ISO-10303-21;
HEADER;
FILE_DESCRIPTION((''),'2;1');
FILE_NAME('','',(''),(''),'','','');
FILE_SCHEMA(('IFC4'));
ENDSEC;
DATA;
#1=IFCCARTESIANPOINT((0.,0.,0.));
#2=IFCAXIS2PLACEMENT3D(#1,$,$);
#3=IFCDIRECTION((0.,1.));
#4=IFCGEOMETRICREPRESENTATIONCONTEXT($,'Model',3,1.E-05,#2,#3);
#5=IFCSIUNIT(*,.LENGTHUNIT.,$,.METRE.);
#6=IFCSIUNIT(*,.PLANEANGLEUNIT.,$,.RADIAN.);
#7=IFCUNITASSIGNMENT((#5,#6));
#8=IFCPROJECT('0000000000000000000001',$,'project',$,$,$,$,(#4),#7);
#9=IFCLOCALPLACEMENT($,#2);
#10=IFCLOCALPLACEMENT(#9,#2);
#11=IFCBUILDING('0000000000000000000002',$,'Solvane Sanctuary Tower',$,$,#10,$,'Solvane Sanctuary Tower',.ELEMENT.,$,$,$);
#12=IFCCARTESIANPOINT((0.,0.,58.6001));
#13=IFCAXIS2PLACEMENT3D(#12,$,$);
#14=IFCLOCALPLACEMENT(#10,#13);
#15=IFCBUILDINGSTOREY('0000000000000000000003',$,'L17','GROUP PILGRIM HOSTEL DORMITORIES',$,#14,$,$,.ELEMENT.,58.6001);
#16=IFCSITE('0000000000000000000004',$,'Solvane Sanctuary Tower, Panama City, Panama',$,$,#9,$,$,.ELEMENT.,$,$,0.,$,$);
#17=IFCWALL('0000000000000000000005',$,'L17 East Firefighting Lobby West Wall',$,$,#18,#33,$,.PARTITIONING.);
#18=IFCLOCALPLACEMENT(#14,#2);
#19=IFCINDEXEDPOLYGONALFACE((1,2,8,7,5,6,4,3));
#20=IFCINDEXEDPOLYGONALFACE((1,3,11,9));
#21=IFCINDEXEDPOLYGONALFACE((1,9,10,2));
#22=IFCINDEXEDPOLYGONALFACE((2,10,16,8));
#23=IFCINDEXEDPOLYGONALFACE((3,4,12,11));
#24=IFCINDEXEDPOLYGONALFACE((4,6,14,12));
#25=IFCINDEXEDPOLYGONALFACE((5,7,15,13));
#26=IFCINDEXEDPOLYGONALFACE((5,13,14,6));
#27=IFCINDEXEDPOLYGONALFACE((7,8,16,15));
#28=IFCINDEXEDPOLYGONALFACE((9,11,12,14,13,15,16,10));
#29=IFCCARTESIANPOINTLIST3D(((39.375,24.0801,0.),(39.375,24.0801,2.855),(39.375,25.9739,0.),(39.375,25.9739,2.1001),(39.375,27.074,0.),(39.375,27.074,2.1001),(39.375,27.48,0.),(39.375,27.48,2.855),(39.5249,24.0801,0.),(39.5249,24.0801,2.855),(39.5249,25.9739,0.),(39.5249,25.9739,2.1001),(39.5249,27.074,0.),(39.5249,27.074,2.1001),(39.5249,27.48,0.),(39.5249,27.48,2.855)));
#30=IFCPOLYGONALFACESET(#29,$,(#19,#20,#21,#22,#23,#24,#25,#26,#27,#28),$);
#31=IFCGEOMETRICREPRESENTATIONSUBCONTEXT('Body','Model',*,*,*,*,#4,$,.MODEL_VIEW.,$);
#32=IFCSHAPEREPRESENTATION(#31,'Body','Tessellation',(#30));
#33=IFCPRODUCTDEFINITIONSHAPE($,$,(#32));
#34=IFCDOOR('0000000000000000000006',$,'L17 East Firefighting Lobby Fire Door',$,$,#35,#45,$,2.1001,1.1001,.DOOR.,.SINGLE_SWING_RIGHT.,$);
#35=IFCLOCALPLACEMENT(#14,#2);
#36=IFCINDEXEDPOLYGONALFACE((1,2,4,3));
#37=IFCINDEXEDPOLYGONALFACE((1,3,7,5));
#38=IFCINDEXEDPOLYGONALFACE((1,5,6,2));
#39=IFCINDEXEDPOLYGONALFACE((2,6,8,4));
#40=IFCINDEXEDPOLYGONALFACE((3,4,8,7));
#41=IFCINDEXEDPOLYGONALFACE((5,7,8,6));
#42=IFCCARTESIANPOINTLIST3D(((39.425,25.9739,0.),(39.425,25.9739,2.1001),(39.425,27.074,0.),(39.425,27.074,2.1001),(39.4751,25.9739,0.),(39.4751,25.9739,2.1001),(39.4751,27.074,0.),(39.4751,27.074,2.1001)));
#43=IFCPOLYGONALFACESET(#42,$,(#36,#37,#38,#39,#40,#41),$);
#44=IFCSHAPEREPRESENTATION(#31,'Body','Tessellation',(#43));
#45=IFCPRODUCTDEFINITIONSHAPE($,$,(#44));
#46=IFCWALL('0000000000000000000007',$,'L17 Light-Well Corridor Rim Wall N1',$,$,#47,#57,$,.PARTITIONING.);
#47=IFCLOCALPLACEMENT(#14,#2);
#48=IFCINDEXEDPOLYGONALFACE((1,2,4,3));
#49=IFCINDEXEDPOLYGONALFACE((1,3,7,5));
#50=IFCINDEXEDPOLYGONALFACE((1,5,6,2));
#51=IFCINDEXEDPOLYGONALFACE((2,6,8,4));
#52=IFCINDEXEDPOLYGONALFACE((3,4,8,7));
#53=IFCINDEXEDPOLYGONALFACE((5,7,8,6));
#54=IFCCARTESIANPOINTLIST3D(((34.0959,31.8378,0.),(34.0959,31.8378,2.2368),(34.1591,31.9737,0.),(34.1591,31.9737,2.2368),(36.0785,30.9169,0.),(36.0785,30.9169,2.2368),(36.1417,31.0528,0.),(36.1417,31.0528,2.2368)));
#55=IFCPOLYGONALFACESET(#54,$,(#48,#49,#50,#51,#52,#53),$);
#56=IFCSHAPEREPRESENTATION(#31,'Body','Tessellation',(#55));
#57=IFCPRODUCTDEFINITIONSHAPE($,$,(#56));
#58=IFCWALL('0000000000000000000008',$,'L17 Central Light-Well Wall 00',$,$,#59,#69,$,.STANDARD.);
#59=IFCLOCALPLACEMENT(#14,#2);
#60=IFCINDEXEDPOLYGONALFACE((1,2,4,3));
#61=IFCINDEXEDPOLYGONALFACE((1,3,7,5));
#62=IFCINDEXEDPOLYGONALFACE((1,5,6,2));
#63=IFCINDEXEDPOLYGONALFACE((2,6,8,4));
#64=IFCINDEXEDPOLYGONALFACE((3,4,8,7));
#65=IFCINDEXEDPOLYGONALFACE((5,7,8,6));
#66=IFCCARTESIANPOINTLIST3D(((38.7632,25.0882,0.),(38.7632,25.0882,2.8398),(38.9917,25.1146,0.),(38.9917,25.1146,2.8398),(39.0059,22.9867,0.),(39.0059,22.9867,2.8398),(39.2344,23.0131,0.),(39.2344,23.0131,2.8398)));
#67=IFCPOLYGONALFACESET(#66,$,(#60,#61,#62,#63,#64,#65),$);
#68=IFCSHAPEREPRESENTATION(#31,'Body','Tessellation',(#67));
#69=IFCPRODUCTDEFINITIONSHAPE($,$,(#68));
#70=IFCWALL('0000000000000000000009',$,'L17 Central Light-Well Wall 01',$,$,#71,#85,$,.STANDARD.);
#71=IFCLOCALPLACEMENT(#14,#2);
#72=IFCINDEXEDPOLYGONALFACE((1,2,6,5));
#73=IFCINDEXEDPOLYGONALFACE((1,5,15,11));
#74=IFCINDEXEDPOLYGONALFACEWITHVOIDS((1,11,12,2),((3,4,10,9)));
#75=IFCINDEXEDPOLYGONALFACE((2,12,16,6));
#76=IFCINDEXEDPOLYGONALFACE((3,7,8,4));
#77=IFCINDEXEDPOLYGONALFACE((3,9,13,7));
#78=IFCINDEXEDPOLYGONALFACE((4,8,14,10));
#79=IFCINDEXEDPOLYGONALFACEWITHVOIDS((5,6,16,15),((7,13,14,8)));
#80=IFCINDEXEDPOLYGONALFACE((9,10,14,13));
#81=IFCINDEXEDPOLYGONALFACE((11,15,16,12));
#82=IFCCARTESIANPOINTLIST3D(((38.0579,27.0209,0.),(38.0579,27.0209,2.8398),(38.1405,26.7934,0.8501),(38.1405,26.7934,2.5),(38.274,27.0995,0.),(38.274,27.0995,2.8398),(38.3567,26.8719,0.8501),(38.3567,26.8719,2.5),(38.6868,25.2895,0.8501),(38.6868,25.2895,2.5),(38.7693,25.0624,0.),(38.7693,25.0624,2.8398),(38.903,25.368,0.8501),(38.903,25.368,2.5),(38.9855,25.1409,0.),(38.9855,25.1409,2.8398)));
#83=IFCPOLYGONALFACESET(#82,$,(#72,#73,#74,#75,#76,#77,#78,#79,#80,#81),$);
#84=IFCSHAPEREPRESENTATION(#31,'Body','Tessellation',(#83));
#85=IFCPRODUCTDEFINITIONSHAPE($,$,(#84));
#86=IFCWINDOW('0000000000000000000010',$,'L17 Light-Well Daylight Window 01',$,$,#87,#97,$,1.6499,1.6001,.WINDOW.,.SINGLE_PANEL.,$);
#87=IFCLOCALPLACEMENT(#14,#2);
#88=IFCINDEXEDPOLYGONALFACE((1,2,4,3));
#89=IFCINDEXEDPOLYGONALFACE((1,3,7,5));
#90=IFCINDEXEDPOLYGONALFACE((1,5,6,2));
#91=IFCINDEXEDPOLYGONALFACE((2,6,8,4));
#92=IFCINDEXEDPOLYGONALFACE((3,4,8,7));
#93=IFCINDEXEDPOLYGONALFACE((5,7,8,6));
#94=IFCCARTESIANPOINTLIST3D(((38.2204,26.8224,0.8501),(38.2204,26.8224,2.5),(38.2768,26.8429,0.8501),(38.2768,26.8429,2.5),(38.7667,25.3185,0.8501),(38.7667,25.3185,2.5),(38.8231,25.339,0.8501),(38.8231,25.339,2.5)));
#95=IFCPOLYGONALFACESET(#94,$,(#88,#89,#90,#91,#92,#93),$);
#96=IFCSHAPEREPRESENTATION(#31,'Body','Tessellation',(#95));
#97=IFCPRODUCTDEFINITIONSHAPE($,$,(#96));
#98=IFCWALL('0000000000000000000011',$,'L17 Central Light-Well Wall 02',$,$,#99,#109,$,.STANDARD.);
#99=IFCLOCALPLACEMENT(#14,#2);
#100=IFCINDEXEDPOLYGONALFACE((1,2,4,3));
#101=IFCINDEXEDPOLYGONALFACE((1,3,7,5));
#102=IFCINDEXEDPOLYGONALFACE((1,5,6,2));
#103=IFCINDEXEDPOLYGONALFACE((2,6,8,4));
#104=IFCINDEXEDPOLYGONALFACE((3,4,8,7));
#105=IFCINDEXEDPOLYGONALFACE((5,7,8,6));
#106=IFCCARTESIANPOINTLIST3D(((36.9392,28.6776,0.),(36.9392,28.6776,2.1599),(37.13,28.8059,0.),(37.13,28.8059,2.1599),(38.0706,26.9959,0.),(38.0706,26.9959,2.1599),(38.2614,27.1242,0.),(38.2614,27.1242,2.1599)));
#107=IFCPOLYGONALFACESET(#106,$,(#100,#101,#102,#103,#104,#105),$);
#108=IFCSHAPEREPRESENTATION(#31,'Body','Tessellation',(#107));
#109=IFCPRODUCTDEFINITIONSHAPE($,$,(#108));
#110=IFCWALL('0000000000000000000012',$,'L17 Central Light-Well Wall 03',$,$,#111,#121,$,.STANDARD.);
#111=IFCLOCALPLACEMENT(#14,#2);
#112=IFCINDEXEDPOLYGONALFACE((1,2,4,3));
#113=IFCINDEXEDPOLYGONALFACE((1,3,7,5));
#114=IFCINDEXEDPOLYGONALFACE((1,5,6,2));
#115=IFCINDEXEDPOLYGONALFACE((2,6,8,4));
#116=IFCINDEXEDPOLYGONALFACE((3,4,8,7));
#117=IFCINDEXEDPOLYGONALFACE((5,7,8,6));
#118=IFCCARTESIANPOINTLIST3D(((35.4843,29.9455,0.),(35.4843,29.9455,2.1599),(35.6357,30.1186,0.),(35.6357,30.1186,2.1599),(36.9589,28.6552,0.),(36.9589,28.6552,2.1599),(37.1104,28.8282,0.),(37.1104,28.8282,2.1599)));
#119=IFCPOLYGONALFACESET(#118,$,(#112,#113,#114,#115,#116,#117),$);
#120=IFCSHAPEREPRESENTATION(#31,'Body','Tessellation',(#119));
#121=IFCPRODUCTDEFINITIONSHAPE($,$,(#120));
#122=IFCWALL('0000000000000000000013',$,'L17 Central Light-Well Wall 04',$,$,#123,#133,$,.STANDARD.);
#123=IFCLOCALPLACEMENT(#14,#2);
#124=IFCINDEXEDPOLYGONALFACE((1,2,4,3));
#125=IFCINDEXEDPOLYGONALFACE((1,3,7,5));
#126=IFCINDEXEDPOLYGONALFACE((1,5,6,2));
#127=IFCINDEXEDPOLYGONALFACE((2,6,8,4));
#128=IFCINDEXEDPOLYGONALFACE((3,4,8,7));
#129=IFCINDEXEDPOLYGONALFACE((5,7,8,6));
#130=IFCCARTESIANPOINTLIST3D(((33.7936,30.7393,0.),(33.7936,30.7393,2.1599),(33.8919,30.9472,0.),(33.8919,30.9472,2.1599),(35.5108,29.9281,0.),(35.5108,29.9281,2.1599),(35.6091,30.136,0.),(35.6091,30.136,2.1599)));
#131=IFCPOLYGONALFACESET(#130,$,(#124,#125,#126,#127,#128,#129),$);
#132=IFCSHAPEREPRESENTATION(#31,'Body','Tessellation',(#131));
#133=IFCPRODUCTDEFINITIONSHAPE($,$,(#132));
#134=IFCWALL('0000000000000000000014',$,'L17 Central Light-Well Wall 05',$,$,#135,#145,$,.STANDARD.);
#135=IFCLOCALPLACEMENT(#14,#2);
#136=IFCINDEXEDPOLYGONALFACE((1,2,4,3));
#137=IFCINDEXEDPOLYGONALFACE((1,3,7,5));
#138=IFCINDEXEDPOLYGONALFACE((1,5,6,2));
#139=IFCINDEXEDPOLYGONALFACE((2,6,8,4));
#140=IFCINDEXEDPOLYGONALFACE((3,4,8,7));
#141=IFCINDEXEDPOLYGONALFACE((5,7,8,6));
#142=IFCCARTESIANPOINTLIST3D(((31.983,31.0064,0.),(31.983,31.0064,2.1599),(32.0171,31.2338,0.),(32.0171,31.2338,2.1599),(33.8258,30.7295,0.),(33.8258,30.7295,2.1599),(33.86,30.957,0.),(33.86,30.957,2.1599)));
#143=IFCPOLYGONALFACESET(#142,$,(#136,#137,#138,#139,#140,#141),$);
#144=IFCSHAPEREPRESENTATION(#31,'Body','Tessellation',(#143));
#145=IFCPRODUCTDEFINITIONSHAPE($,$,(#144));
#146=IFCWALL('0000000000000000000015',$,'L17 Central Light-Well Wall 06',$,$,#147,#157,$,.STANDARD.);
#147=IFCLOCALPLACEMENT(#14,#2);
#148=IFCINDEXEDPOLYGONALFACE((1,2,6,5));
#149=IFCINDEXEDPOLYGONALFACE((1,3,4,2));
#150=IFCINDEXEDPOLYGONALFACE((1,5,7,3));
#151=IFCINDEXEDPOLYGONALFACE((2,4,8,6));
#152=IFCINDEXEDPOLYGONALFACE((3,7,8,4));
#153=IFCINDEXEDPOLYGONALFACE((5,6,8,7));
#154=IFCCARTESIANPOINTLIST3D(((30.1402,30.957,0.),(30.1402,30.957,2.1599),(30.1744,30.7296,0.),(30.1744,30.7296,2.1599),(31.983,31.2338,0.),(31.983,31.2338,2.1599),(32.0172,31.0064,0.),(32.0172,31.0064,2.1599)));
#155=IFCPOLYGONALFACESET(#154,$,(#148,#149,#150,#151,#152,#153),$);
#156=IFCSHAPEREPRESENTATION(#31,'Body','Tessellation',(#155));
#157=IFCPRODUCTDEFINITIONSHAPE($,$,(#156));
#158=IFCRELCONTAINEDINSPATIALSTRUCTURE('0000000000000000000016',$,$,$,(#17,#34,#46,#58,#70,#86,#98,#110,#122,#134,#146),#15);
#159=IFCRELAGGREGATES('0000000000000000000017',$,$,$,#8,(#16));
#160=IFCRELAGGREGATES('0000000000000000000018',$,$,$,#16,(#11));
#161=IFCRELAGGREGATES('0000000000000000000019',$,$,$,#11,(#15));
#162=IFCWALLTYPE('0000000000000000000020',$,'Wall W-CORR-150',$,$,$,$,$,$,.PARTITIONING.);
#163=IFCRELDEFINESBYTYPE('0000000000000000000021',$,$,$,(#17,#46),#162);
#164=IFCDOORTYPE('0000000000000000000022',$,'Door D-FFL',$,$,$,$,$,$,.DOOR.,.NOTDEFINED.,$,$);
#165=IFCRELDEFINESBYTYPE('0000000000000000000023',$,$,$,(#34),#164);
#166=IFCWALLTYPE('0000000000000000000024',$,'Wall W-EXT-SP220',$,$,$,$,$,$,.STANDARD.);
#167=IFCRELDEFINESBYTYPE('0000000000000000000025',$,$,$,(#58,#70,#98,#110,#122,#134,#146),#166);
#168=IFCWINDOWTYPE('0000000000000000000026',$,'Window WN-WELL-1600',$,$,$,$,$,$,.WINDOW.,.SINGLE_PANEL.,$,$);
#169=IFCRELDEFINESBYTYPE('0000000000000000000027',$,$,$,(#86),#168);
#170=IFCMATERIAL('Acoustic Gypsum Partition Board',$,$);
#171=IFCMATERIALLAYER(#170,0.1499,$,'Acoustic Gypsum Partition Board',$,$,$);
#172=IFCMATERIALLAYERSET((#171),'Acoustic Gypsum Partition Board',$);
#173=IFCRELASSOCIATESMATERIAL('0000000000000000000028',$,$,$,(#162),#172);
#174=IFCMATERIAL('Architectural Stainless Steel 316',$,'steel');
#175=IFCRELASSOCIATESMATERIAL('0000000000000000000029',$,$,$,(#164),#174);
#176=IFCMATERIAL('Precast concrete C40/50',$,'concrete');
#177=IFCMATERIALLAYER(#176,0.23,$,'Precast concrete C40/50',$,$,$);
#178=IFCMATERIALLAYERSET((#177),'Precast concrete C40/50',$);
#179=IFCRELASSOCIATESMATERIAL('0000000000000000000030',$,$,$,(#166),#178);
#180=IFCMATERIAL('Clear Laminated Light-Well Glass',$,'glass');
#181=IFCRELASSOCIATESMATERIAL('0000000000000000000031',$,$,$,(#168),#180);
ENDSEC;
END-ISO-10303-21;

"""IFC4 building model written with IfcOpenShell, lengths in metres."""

from ifc_helpers import new_model, si_unit, direction, frame, frame_2d, origin, place, context, subcontext, project, spatial, rectangle, extrude, material, layer, layer_set, type_object, element, fill, save


model = new_model("IFC4")

# Units and contexts
model_context = context("Model", 3, precision=1e-05, world=origin(), true_north=direction((0.0, 1.0)))
body_context = subcontext(model_context, "Body", "Model", "MODEL_VIEW")
ifc_project = project(units=[si_unit("LENGTHUNIT", "METRE"), si_unit("PLANEANGLEUNIT", "RADIAN")], contexts=[model_context])

# Site, building, storey
site_placement = place(None, origin())
site = spatial("IfcSite", under=ifc_project, at=site_placement, Name="Solvane Sanctuary Tower, Panama City, Panama", CompositionType="ELEMENT", RefElevation=0.0)
building_placement = place(site_placement, origin())
building = spatial("IfcBuilding", under=site, at=building_placement, Name="Solvane Sanctuary Tower", LongName="Solvane Sanctuary Tower", CompositionType="ELEMENT")
storey_placement = place(building_placement, frame((0.0, 0.0, 58.6001)))
storey = spatial("IfcBuildingStorey", under=building, at=storey_placement, Name="L17", Description="GROUP PILGRIM HOSTEL DORMITORIES", CompositionType="ELEMENT", Elevation=58.6001)

# Shared definitions
ifc_material_1 = material(Name="Acoustic Gypsum Partition Board")
ifc_layer_1 = layer(ifc_material_1, 0.1499, Name="Acoustic Gypsum Partition Board")
ifc_layer_set_1 = layer_set([ifc_layer_1], Name="Acoustic Gypsum Partition Board")
wall_type_1 = type_object("IfcWallType", Name="Wall W-CORR-150", PredefinedType="PARTITIONING", material=ifc_layer_set_1)

# Wall, opening, door
wall_1_placement = place(storey_placement, frame((39.45, 24.0801, 0.0), z_axis=(0.0, 0.0, 1.0), x_axis=(0.0, 1.0, 0.0)))
wall_1 = element("IfcWall", 1, at=wall_1_placement, inside=storey, type_object=wall_type_1, Name="L17 East Firefighting Lobby West Wall", PredefinedType="PARTITIONING", context=body_context, shape_type="SweptSolid", body=[
    extrude(rectangle(XDim=3.3999, YDim=0.1499, at=frame_2d((1.7, 0.0))), origin(), (0.0, 0.0, 1.0), 2.855),
])
opening_1_placement = place(wall_1_placement, frame((1.8938, 0.0, 0.0)))
opening_1 = element("IfcOpeningElement", 2, at=opening_1_placement, cuts=wall_1, PredefinedType="OPENING", context=body_context, shape_type="SweptSolid", body=[
    extrude(rectangle(XDim=1.1001, YDim=2.1001, at=frame_2d((0.55, 1.05))), frame((0.0, 0.085, 0.0), z_axis=(0.0, -1.0, 0.0), x_axis=(1.0, 0.0, 0.0)), (0.0, 0.0, 1.0), 0.1699),
])
ifc_material_2 = material(Name="Architectural Stainless Steel 316", Category="steel")
door_type = type_object("IfcDoorType", Name="Door D-FFL", OperationType="NOTDEFINED", PredefinedType="DOOR", material=ifc_material_2)
door_placement = place(opening_1_placement, origin())
door = element("IfcDoor", 3, at=door_placement, inside=storey, type_object=door_type, Name="L17 East Firefighting Lobby Fire Door", OperationType="SINGLE_SWING_RIGHT", OverallHeight=2.1001, OverallWidth=1.1001, PredefinedType="DOOR", context=body_context, shape_type="SweptSolid", body=[
    extrude(rectangle(XDim=1.1001, YDim=2.1001, at=frame_2d((0.55, 1.05))), frame((0.0, 0.0249, 0.0), z_axis=(0.0, -1.0, 0.0), x_axis=(1.0, 0.0, 0.0)), (0.0, 0.0, 1.0), 0.05),
])
fill(opening_1, door)

# Walls
wall_2_placement = place(storey_placement, frame((36.1101, 30.9849, 0.0), z_axis=(0.0, 0.0, 1.0), x_axis=(-0.906943, 0.421252, 0.0)))
element("IfcWall", 4, at=wall_2_placement, inside=storey, type_object=wall_type_1, Name="L17 Light-Well Corridor Rim Wall N1", PredefinedType="PARTITIONING", context=body_context, shape_type="SweptSolid", body=[
    extrude(rectangle(XDim=2.186, YDim=0.1499, at=frame_2d((1.093, 0.0))), origin(), (0.0, 0.0, 1.0), 2.2368),
])
ifc_material_3 = material(Name="Precast concrete C40/50", Category="concrete")
ifc_layer_2 = layer(ifc_material_3, 0.23, Name="Precast concrete C40/50")
ifc_layer_set_2 = layer_set([ifc_layer_2], Name="Precast concrete C40/50")
wall_type_2 = type_object("IfcWallType", Name="Wall W-EXT-SP220", PredefinedType="STANDARD", material=ifc_layer_set_2)
wall_3_placement = place(storey_placement, frame((39.1201, 23.0, 0.0), z_axis=(0.0, 0.0, 1.0), x_axis=(-0.114712, 0.993399, 0.0)))
element("IfcWall", 5, at=wall_3_placement, inside=storey, type_object=wall_type_2, Name="L17 Central Light-Well Wall 00", PredefinedType="STANDARD", context=body_context, shape_type="SweptSolid", body=[
    extrude(rectangle(XDim=2.1155, YDim=0.23, at=frame_2d((1.0576, 0.0))), origin(), (0.0, 0.0, 1.0), 2.8398),
])

# Wall, opening, window
wall_4_placement = place(storey_placement, frame((38.8774, 25.1016, 0.0), z_axis=(0.0, 0.0, 1.0), x_axis=(-0.341423, 0.93991, 0.0)))
wall_4 = element("IfcWall", 6, at=wall_4_placement, inside=storey, type_object=wall_type_2, Name="L17 Central Light-Well Wall 01", PredefinedType="STANDARD", context=body_context, shape_type="SweptSolid", body=[
    extrude(rectangle(XDim=2.0837, YDim=0.23, at=frame_2d((1.042, 0.0))), origin(), (0.0, 0.0, 1.0), 2.8398),
])
opening_2_placement = place(wall_4_placement, frame((0.2417, 0.0, 0.8501)))
opening_2 = element("IfcOpeningElement", 7, at=opening_2_placement, cuts=wall_4, PredefinedType="OPENING", context=body_context, shape_type="SweptSolid", body=[
    extrude(rectangle(XDim=1.6001, YDim=1.6499, at=frame_2d((0.8, 0.825))), frame((0.0, 0.125, 0.0), z_axis=(0.0, -1.0, 0.0), x_axis=(1.0, 0.0, 0.0)), (0.0, 0.0, 1.0), 0.25),
])
ifc_material_4 = material(Name="Clear Laminated Light-Well Glass", Category="glass")
window_type = type_object("IfcWindowType", Name="Window WN-WELL-1600", PartitioningType="SINGLE_PANEL", PredefinedType="WINDOW", material=ifc_material_4)
window_placement = place(opening_2_placement, origin())
window = element("IfcWindow", 8, at=window_placement, inside=storey, type_object=window_type, Name="L17 Light-Well Daylight Window 01", OverallHeight=1.6499, OverallWidth=1.6001, PartitioningType="SINGLE_PANEL", PredefinedType="WINDOW", context=body_context, shape_type="SweptSolid", body=[
    extrude(rectangle(XDim=1.6001, YDim=1.6499, at=frame_2d((0.8, 0.825))), frame((0.0, 0.03, 0.0), z_axis=(0.0, -1.0, 0.0), x_axis=(1.0, 0.0, 0.0)), (0.0, 0.0, 1.0), 0.0601),
])
fill(opening_2, window)

# Walls
wall_5_placement = place(storey_placement, frame((38.166, 27.0601, 0.0), z_axis=(0.0, 0.0, 1.0), x_axis=(-0.558198, 0.829708, 0.0)))
element("IfcWall", 9, at=wall_5_placement, inside=storey, type_object=wall_type_2, Name="L17 Central Light-Well Wall 02", PredefinedType="STANDARD", context=body_context, shape_type="SweptSolid", body=[
    extrude(rectangle(XDim=2.0269, YDim=0.23, at=frame_2d((1.0134, 0.0))), origin(), (0.0, 0.0, 1.0), 2.1599),
])
wall_6_placement = place(storey_placement, frame((37.0347, 28.7417, 0.0), z_axis=(0.0, 0.0, 1.0), x_axis=(-0.752577, 0.658505, 0.0)))
element("IfcWall", 10, at=wall_6_placement, inside=storey, type_object=wall_type_2, Name="L17 Central Light-Well Wall 03", PredefinedType="STANDARD", context=body_context, shape_type="SweptSolid", body=[
    extrude(rectangle(XDim=1.9595, YDim=0.23, at=frame_2d((0.9797, 0.0))), origin(), (0.0, 0.0, 1.0), 2.1599),
])
wall_7_placement = place(storey_placement, frame((35.5601, 30.032, 0.0), z_axis=(0.0, 0.0, 1.0), x_axis=(-0.90418, 0.427152, 0.0)))
element("IfcWall", 11, at=wall_7_placement, inside=storey, type_object=wall_type_2, Name="L17 Central Light-Well Wall 04", PredefinedType="STANDARD", context=body_context, shape_type="SweptSolid", body=[
    extrude(rectangle(XDim=1.8992, YDim=0.23, at=frame_2d((0.9497, 0.0))), origin(), (0.0, 0.0, 1.0), 2.1599),
])
for number, where, z_axis, x_axis, name in (
    (12, (33.8428, 30.8433, 0.0), (0.0, 0.0, 1.0), (-0.988902, 0.148571, 0.0), "L17 Central Light-Well Wall 05"),
    (13, (32.0, 31.1201, 0.0), (0.0, 0.0, 1.0), (-0.988902, -0.148571, 0.0), "L17 Central Light-Well Wall 06"),
):
    element("IfcWall", number, at=place(storey_placement, frame(where, z_axis=z_axis, x_axis=x_axis)), inside=storey, type_object=wall_type_2, Name=name, PredefinedType="STANDARD", context=body_context, shape_type="SweptSolid", body=[
        extrude(rectangle(XDim=1.8635, YDim=0.23, at=frame_2d((0.9316, 0.0))), origin(), (0.0, 0.0, 1.0), 2.1599),
    ])

save(model, "model.ifc")
